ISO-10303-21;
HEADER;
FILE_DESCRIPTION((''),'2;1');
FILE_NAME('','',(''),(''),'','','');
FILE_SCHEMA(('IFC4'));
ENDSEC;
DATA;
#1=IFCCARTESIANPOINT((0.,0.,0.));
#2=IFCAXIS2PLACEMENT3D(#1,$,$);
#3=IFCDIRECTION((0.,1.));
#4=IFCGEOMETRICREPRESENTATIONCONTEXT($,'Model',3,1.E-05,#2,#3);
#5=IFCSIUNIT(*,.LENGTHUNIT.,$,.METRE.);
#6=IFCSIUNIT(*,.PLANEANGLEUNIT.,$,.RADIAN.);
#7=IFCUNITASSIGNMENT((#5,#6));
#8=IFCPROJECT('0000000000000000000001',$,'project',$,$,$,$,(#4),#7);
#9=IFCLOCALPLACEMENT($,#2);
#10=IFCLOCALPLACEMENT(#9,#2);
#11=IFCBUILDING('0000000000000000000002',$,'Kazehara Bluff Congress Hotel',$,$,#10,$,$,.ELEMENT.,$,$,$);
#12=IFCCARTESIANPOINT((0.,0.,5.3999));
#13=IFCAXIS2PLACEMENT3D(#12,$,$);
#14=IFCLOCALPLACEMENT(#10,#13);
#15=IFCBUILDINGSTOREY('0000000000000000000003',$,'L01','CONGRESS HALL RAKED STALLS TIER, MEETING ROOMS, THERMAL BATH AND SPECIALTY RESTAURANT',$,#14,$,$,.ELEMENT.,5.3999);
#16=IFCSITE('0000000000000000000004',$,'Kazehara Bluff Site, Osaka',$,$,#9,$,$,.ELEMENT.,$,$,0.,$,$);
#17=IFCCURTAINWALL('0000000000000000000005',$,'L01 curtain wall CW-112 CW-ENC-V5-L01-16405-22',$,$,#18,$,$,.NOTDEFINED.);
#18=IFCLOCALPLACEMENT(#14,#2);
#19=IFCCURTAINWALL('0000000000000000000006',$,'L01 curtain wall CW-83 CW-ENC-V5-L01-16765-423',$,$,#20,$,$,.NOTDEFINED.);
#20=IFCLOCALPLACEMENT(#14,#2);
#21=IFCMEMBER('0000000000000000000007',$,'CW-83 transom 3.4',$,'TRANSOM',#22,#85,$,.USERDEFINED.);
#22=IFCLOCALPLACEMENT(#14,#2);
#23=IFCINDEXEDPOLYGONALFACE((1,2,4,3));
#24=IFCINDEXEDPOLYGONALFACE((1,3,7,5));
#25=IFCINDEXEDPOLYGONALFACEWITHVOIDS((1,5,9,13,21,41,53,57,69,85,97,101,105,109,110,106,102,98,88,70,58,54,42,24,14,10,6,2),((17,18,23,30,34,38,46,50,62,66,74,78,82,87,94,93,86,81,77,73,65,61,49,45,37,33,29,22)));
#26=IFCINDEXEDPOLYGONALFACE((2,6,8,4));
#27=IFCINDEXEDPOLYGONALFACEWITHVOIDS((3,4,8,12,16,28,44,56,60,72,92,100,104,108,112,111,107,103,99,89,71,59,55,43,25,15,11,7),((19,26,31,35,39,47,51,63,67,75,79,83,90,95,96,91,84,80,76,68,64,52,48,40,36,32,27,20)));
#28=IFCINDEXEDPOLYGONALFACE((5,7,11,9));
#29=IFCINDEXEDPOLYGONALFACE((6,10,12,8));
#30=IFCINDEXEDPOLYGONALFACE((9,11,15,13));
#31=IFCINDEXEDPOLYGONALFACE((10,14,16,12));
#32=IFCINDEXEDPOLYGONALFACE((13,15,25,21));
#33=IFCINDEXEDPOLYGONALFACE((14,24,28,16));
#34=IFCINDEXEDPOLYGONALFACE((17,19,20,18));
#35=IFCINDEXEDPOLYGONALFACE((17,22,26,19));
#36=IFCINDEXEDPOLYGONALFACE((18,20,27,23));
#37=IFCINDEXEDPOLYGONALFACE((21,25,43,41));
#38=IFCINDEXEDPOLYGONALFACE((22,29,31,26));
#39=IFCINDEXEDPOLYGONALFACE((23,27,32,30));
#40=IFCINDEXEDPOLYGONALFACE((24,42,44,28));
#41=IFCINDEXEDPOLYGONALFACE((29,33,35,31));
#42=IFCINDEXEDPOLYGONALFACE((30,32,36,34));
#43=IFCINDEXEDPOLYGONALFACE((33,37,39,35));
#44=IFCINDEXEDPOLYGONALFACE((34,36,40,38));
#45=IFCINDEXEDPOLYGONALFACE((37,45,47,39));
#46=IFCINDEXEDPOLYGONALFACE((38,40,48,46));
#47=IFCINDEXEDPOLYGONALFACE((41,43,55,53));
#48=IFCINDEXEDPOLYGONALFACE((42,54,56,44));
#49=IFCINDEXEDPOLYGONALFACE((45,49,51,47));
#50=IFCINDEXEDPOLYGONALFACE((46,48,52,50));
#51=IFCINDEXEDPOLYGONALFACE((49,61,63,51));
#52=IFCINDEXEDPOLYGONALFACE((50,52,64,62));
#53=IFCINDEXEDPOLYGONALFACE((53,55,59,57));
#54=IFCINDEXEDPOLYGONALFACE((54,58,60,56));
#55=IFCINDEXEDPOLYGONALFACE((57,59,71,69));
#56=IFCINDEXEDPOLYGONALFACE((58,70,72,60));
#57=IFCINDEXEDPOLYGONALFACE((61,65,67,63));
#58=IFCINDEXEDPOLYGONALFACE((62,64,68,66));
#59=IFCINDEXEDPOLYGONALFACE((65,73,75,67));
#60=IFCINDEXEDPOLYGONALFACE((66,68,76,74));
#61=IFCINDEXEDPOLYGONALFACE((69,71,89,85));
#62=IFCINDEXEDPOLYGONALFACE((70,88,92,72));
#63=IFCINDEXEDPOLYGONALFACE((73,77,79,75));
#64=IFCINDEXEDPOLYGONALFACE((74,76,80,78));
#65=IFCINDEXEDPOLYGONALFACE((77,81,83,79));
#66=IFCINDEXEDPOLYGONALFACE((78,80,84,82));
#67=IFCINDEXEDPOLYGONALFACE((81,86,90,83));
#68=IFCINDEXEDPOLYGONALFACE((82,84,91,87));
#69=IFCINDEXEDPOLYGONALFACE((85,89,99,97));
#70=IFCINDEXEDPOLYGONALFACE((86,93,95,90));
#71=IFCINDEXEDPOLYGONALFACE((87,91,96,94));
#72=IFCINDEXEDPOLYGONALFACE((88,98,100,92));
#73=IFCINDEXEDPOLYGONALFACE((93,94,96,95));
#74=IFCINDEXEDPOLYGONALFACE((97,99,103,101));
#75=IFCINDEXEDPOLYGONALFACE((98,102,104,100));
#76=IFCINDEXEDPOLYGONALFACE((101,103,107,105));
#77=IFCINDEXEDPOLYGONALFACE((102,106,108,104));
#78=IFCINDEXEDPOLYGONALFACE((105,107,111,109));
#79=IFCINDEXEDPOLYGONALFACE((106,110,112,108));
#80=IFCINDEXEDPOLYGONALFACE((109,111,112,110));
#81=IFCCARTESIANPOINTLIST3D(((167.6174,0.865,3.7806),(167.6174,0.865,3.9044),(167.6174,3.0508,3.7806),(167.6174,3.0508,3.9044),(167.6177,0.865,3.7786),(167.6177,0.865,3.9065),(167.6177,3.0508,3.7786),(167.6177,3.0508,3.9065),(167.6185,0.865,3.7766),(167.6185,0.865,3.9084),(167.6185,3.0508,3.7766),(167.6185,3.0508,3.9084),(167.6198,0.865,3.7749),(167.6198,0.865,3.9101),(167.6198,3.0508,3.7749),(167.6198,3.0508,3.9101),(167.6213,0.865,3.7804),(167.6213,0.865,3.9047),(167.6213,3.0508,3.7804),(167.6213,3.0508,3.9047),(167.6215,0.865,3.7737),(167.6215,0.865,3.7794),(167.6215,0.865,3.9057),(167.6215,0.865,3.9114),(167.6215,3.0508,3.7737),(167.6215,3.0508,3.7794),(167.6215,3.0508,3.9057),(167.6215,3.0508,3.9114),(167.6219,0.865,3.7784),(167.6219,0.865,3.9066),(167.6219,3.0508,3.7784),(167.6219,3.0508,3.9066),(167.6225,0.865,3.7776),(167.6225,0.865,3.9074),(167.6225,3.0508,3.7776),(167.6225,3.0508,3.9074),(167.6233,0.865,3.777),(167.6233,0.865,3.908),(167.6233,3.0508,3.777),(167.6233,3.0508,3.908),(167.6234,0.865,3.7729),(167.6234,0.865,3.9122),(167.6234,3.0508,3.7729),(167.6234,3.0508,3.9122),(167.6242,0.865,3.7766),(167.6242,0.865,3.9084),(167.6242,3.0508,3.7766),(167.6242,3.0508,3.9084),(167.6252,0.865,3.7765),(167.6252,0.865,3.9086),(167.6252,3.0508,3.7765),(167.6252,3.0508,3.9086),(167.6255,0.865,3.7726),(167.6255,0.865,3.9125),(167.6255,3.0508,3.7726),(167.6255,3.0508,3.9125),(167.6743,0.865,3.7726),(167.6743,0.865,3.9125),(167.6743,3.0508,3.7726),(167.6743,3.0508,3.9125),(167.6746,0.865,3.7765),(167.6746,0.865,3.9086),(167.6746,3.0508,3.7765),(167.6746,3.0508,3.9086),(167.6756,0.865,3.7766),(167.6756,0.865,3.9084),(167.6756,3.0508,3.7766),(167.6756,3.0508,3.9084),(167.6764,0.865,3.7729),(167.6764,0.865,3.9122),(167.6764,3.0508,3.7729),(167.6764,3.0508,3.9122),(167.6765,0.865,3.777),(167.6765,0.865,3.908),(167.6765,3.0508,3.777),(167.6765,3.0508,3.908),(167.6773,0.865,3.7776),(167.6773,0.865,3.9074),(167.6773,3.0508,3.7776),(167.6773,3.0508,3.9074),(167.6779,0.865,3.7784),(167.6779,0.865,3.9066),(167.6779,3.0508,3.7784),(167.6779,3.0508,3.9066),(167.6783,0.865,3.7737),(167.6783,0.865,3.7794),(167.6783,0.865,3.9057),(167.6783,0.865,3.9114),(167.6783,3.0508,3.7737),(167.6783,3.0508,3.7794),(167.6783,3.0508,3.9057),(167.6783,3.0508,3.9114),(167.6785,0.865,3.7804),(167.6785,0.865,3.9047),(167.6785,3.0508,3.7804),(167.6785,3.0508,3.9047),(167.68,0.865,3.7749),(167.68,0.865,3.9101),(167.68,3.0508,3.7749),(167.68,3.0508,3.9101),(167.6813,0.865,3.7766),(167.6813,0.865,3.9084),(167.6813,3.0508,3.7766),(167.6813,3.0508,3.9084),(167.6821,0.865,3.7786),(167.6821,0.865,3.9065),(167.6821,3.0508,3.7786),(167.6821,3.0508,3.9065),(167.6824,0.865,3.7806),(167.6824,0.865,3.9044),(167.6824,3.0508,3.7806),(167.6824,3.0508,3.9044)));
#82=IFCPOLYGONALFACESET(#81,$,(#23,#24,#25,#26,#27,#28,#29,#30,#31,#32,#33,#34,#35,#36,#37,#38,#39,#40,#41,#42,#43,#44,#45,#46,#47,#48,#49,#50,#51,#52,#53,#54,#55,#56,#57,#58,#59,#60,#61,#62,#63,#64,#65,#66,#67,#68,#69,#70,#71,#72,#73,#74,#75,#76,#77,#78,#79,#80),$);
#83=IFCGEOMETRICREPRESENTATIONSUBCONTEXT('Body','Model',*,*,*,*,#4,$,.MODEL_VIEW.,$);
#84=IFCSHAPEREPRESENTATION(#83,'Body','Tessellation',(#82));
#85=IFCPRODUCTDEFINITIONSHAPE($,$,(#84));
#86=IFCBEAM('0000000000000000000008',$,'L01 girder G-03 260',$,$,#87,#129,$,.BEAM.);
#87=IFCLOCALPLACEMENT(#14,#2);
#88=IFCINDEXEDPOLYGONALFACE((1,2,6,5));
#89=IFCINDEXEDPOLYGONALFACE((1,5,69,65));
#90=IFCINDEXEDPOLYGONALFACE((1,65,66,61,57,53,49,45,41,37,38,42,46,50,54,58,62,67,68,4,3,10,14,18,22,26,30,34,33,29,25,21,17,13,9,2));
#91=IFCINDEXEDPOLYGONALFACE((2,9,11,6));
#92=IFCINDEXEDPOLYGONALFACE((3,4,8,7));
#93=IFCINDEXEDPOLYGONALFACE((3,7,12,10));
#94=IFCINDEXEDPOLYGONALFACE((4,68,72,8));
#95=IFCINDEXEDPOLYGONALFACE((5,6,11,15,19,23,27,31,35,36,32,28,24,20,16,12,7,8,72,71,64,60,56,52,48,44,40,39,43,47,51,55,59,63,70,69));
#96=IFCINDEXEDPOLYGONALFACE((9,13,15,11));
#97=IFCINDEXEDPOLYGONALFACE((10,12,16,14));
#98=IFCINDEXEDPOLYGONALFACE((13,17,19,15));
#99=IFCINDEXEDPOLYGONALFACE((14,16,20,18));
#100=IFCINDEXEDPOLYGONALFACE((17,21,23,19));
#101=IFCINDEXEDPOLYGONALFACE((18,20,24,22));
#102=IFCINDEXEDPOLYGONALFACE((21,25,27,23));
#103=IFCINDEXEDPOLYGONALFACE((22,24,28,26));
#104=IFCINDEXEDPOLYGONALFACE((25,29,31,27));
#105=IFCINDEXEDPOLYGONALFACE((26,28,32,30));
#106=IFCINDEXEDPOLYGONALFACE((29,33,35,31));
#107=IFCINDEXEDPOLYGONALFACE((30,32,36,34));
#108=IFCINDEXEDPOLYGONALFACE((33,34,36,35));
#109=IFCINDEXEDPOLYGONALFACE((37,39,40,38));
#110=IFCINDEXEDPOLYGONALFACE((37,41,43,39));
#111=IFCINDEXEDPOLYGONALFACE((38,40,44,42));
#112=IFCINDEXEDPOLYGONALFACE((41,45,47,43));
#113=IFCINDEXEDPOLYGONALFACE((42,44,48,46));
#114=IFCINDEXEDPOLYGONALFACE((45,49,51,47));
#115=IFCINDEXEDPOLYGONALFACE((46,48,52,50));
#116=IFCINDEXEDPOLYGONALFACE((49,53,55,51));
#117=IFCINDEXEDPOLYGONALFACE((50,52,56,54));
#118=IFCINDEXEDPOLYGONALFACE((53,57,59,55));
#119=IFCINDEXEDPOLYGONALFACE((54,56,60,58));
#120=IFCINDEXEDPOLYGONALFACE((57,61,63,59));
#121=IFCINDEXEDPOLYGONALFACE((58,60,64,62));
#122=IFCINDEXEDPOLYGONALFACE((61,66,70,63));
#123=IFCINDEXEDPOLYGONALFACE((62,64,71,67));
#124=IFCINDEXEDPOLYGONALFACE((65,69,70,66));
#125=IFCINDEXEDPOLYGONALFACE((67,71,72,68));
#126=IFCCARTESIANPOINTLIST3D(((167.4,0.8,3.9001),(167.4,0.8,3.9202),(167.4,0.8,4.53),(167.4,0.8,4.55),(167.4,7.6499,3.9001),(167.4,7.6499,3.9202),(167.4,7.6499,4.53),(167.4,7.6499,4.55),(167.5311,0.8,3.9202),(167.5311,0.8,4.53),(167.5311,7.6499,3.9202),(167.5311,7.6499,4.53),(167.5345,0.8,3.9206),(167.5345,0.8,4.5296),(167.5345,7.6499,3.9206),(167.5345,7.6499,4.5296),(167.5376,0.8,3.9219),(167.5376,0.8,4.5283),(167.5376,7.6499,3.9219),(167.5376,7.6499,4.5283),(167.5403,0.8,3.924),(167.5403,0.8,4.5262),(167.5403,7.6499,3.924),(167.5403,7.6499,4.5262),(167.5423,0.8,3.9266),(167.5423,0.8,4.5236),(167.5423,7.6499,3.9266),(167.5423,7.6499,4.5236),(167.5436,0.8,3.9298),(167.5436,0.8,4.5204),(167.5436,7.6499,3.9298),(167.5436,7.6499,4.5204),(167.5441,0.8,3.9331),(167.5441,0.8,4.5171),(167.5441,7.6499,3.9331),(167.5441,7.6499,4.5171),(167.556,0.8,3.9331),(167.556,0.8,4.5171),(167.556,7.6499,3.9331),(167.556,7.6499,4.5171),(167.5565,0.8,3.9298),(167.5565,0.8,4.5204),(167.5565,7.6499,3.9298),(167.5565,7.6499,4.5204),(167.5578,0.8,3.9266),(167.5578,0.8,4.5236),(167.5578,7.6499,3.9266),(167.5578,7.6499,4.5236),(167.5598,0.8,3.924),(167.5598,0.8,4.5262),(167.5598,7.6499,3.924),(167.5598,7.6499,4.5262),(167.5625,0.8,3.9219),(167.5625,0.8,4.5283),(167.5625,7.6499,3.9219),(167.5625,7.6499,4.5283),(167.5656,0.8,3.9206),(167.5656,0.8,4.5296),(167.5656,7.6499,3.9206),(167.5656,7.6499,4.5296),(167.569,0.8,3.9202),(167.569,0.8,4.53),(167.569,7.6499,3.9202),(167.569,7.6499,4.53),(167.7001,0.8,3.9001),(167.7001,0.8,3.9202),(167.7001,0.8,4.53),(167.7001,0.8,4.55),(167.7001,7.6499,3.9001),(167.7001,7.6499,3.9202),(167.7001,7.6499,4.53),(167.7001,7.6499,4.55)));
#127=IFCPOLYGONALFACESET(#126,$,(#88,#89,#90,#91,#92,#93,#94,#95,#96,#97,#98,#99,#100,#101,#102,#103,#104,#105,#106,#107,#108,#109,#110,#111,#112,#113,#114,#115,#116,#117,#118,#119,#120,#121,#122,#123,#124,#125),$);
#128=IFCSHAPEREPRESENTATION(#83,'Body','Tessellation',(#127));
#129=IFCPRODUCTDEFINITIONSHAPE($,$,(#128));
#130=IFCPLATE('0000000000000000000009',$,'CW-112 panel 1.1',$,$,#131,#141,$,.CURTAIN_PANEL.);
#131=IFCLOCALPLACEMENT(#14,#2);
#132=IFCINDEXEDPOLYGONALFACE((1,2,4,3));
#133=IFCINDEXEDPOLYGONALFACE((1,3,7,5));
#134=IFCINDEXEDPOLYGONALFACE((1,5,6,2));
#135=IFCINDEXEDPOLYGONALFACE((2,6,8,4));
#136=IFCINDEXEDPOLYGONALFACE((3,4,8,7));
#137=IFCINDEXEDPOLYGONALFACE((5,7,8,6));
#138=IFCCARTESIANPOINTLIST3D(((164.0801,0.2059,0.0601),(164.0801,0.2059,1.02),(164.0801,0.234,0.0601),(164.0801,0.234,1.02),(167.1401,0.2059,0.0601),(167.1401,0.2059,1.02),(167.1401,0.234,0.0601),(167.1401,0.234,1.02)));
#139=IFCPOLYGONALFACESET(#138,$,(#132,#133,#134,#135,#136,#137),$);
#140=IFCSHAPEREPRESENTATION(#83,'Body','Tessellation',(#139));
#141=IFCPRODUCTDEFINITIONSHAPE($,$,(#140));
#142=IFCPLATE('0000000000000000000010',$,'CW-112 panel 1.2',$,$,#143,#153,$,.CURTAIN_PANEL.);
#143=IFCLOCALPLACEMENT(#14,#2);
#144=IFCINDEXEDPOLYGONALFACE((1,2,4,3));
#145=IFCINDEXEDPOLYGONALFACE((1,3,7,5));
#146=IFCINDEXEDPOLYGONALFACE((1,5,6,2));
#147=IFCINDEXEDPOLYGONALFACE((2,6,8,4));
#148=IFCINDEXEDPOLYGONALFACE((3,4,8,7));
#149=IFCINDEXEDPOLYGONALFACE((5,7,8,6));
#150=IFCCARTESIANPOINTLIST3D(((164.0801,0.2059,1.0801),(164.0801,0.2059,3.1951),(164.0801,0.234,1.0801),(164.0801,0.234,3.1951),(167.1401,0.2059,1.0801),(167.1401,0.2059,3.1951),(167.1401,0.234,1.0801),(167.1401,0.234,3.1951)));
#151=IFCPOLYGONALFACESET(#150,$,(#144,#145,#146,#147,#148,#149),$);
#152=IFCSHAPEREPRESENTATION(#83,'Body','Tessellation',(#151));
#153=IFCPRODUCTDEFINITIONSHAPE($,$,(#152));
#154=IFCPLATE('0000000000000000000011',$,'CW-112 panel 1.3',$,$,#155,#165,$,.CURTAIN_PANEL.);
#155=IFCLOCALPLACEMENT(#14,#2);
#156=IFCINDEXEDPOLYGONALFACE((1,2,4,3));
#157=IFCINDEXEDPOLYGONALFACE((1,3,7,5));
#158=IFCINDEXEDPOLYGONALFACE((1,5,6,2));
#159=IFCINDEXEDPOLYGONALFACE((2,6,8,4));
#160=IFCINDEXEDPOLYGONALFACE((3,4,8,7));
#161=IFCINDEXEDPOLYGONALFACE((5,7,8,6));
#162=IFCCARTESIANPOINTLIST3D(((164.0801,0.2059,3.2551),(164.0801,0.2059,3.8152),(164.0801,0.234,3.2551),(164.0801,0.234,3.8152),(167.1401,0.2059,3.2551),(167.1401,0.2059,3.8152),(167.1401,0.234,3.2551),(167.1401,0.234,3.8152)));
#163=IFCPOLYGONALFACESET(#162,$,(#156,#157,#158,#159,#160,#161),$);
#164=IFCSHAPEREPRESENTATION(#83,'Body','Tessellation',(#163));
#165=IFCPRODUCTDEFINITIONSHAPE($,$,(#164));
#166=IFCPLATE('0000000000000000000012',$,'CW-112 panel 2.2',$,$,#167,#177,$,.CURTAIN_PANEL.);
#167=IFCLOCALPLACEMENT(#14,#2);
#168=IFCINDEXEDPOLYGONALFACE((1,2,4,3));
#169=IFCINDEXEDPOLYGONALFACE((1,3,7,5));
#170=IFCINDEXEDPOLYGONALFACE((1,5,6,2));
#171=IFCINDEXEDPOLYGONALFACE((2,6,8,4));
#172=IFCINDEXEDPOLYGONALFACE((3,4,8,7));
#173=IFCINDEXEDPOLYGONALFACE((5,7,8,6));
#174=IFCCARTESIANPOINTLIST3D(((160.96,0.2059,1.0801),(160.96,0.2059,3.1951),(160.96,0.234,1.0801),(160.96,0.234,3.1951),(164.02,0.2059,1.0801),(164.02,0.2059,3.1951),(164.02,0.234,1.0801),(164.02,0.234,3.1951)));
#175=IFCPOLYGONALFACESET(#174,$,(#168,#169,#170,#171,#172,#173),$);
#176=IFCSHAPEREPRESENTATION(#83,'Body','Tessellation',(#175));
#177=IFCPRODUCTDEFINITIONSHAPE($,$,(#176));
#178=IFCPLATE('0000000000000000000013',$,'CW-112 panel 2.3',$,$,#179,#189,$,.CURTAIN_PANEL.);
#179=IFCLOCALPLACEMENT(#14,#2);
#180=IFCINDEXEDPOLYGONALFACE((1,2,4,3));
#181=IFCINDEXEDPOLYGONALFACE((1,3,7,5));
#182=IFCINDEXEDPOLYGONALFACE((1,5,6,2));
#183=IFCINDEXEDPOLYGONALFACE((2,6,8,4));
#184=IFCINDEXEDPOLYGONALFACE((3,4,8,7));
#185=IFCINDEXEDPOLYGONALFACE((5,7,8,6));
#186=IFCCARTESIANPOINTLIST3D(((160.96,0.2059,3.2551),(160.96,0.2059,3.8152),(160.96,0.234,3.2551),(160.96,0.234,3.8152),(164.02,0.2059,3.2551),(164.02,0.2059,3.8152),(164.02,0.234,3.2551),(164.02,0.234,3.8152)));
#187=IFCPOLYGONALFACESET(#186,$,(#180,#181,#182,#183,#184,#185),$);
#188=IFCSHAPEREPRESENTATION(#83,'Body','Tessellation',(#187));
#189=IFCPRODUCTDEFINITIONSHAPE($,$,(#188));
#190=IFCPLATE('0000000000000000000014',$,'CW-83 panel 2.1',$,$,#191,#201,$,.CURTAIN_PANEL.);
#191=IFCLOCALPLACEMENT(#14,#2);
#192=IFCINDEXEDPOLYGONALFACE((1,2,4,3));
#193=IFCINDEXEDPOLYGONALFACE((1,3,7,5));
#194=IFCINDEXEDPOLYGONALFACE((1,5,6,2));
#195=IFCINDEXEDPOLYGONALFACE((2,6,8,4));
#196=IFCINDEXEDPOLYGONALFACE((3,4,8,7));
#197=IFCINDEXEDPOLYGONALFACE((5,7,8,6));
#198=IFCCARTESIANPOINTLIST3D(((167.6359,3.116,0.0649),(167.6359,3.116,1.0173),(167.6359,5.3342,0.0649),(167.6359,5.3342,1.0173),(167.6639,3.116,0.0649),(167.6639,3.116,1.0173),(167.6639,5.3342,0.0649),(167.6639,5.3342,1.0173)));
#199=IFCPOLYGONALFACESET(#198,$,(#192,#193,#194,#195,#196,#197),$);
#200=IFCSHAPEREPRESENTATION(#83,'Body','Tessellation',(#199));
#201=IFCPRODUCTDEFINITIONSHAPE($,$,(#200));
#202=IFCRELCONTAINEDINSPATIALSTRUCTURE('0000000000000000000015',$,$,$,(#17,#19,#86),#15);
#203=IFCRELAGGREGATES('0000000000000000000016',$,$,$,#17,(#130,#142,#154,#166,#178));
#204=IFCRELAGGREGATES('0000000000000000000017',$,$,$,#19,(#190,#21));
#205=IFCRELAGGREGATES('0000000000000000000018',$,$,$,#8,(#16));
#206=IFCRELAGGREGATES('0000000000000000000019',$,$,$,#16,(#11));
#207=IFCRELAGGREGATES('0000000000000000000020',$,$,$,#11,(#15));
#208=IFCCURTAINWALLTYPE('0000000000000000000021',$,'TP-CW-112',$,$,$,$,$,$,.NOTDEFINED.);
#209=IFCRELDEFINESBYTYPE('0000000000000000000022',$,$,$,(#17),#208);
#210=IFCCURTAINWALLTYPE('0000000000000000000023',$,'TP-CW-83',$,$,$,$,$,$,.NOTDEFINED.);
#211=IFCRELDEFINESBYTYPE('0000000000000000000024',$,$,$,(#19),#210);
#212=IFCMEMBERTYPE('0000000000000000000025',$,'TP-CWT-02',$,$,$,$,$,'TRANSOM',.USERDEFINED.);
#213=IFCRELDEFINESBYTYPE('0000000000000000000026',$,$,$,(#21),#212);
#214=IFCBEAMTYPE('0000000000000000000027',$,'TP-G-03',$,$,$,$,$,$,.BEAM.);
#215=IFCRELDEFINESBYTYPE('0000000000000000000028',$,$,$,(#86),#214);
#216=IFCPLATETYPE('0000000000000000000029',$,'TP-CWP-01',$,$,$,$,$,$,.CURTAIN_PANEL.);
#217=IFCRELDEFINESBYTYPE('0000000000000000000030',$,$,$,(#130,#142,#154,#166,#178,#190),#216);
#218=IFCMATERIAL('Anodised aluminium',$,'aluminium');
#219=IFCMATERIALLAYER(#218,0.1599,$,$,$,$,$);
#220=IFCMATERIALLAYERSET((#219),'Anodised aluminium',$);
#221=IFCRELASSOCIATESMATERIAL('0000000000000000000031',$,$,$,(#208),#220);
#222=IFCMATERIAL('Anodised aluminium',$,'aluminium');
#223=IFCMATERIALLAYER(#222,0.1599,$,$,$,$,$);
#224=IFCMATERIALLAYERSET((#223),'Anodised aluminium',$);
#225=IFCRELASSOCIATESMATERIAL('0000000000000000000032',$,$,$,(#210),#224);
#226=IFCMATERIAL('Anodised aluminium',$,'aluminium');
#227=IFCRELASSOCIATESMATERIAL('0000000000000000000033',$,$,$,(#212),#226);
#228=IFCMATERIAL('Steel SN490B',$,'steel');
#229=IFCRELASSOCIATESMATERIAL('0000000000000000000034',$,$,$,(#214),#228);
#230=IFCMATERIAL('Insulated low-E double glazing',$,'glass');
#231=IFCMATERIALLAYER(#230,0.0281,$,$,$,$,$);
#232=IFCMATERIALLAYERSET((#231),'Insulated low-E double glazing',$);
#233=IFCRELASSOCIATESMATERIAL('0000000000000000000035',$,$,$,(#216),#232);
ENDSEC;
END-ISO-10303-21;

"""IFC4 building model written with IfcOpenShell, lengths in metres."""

from ifc_helpers import new_model, si_unit, direction, frame, origin, origin_2d, place, context, subcontext, project, spatial, rectangle, hollow_rectangle, i_section, extrude, material, layer, layer_set, material_profile, profile_set, type_object, element, aggregate, save


model = new_model("IFC4")

# Units and contexts
model_context = context("Model", 3, precision=1e-05, world=origin(), true_north=direction((0.0, 1.0)))
body_context = subcontext(model_context, "Body", "Model", "MODEL_VIEW")
ifc_project = project(units=[si_unit("LENGTHUNIT", "METRE"), si_unit("PLANEANGLEUNIT", "RADIAN")], contexts=[model_context])

# Site, building, storey
site_placement = place(None, origin())
site = spatial("IfcSite", under=ifc_project, at=site_placement, Name="Kazehara Bluff Site, Osaka", CompositionType="ELEMENT", RefElevation=0.0)
building_placement = place(site_placement, origin())
building = spatial("IfcBuilding", under=site, at=building_placement, Name="Kazehara Bluff Congress Hotel", CompositionType="ELEMENT")
storey_placement = place(building_placement, frame((0.0, 0.0, 5.3999)))
storey = spatial("IfcBuildingStorey", under=building, at=storey_placement, Name="L01", Description="CONGRESS HALL RAKED STALLS TIER, MEETING ROOMS, THERMAL BATH AND SPECIALTY RESTAURANT", CompositionType="ELEMENT", Elevation=5.3999)

# Curtain walls
ifc_material_1 = material(Name="Anodised aluminium", Category="aluminium")
ifc_layer_1 = layer(ifc_material_1, 0.1599)
ifc_layer_set_1 = layer_set([ifc_layer_1], Name="Anodised aluminium")
curtain_wall_type_1 = type_object("IfcCurtainWallType", Name="TP-CW-112", PredefinedType="NOTDEFINED", material=ifc_layer_set_1)
curtain_wall_1_placement = place(storey_placement, origin())
curtain_wall_1 = element("IfcCurtainWall", 1, at=curtain_wall_1_placement, inside=storey, type_object=curtain_wall_type_1, Name="L01 curtain wall CW-112 CW-ENC-V5-L01-16405-22", PredefinedType="NOTDEFINED")
ifc_material_2 = material(Name="Anodised aluminium", Category="aluminium")
ifc_layer_2 = layer(ifc_material_2, 0.1599)
ifc_layer_set_2 = layer_set([ifc_layer_2], Name="Anodised aluminium")
curtain_wall_type_2 = type_object("IfcCurtainWallType", Name="TP-CW-83", PredefinedType="NOTDEFINED", material=ifc_layer_set_2)
curtain_wall_2_placement = place(storey_placement, origin())
curtain_wall_2 = element("IfcCurtainWall", 2, at=curtain_wall_2_placement, inside=storey, type_object=curtain_wall_type_2, Name="L01 curtain wall CW-83 CW-ENC-V5-L01-16765-423", PredefinedType="NOTDEFINED")

# Member
ifc_material_3 = material(Name="Anodised aluminium", Category="aluminium")
ifc_material_profile_1 = material_profile(ifc_material_3, hollow_rectangle(XDim=0.0649, YDim=0.1399, WallThickness=0.0039, InnerFilletRadius=0.0039, OuterFilletRadius=0.0081, at=origin_2d()))
ifc_profile_set_1 = profile_set([ifc_material_profile_1], Name="Anodised aluminium")
member_type_1 = type_object("IfcMemberType", Name="TP-CWT-02", ElementType="TRANSOM", PredefinedType="USERDEFINED", material=ifc_profile_set_1)
member_1_placement = place(storey_placement, frame((167.6499, 3.0508, 3.8425), z_axis=(0.0, -1.0, 0.0), x_axis=(1.0, 0.0, 0.0)))
member_1 = element("IfcMember", 3, at=member_1_placement, type_object=member_type_1, Name="CW-83 transom 3.4", ObjectType="TRANSOM", PredefinedType="USERDEFINED", context=body_context, shape_type="SweptSolid", body=[
    extrude(hollow_rectangle(XDim=0.0649, YDim=0.1399, WallThickness=0.0039, InnerFilletRadius=0.0039, OuterFilletRadius=0.0081, at=origin_2d()), origin(), (0.0, 0.0, 1.0), 2.1858),
])

# Beam
ifc_material_4 = material(Name="Steel SN490B", Category="steel")
ifc_material_profile_2 = material_profile(ifc_material_4, i_section(OverallWidth=0.3, OverallDepth=0.6499, WebThickness=0.012, FlangeThickness=0.02, FilletRadius=0.0129, at=origin_2d()))
ifc_profile_set_2 = profile_set([ifc_material_profile_2], Name="Steel SN490B")
beam_type = type_object("IfcBeamType", Name="TP-G-03", PredefinedType="BEAM", material=ifc_profile_set_2)
beam_placement = place(storey_placement, frame((167.55, 0.8, 4.2251), z_axis=(0.0, 1.0, 0.0), x_axis=(-1.0, 0.0, 0.0)))
element("IfcBeam", 4, at=beam_placement, inside=storey, type_object=beam_type, Name="L01 girder G-03 260", PredefinedType="BEAM", context=body_context, shape_type="SweptSolid", body=[
    extrude(i_section(OverallWidth=0.3, OverallDepth=0.6499, WebThickness=0.012, FlangeThickness=0.02, FilletRadius=0.0129, at=origin_2d()), origin(), (0.0, 0.0, 1.0), 6.8499),
])

# Plates
ifc_material_5 = material(Name="Insulated low-E double glazing", Category="glass")
ifc_layer_3 = layer(ifc_material_5, 0.0281)
ifc_layer_set_3 = layer_set([ifc_layer_3], Name="Insulated low-E double glazing")
plate_type = type_object("IfcPlateType", Name="TP-CWP-01", PredefinedType="CURTAIN_PANEL", material=ifc_layer_set_3)
plate_1_placement = place(storey_placement, frame((165.6101, 0.22, 0.0601), z_axis=(0.0, 0.0, 1.0), x_axis=(-1.0, 0.0, 0.0)))
plate_1 = element("IfcPlate", 5, at=plate_1_placement, type_object=plate_type, Name="CW-112 panel 1.1", PredefinedType="CURTAIN_PANEL", context=body_context, shape_type="SweptSolid", body=[
    extrude(rectangle(XDim=3.0601, YDim=0.0281, at=origin_2d()), origin(), (0.0, 0.0, 1.0), 0.96),
])
plate_2_placement = place(storey_placement, frame((165.6101, 0.22, 1.0801), z_axis=(0.0, 0.0, 1.0), x_axis=(-1.0, 0.0, 0.0)))
plate_2 = element("IfcPlate", 6, at=plate_2_placement, type_object=plate_type, Name="CW-112 panel 1.2", PredefinedType="CURTAIN_PANEL", context=body_context, shape_type="SweptSolid", body=[
    extrude(rectangle(XDim=3.0601, YDim=0.0281, at=origin_2d()), origin(), (0.0, 0.0, 1.0), 2.115),
])
plate_3_placement = place(storey_placement, frame((165.6101, 0.22, 3.2551), z_axis=(0.0, 0.0, 1.0), x_axis=(-1.0, 0.0, 0.0)))
plate_3 = element("IfcPlate", 7, at=plate_3_placement, type_object=plate_type, Name="CW-112 panel 1.3", PredefinedType="CURTAIN_PANEL", context=body_context, shape_type="SweptSolid", body=[
    extrude(rectangle(XDim=3.0601, YDim=0.0281, at=origin_2d()), origin(), (0.0, 0.0, 1.0), 0.5601),
])
plate_4_placement = place(storey_placement, frame((162.49, 0.22, 1.0801), z_axis=(0.0, 0.0, 1.0), x_axis=(-1.0, 0.0, 0.0)))
plate_4 = element("IfcPlate", 8, at=plate_4_placement, type_object=plate_type, Name="CW-112 panel 2.2", PredefinedType="CURTAIN_PANEL", context=body_context, shape_type="SweptSolid", body=[
    extrude(rectangle(XDim=3.0601, YDim=0.0281, at=origin_2d()), origin(), (0.0, 0.0, 1.0), 2.115),
])
plate_5_placement = place(storey_placement, frame((162.49, 0.22, 3.2551), z_axis=(0.0, 0.0, 1.0), x_axis=(-1.0, 0.0, 0.0)))
plate_5 = element("IfcPlate", 9, at=plate_5_placement, type_object=plate_type, Name="CW-112 panel 2.3", PredefinedType="CURTAIN_PANEL", context=body_context, shape_type="SweptSolid", body=[
    extrude(rectangle(XDim=3.0601, YDim=0.0281, at=origin_2d()), origin(), (0.0, 0.0, 1.0), 0.5601),
])
aggregate(curtain_wall_1, [plate_1, plate_2, plate_3, plate_4, plate_5])
plate_6_placement = place(storey_placement, frame((167.6499, 4.2251, 0.0649), z_axis=(0.0, 0.0, 1.0), x_axis=(0.0, -1.0, 0.0)))
plate_6 = element("IfcPlate", 10, at=plate_6_placement, type_object=plate_type, Name="CW-83 panel 2.1", PredefinedType="CURTAIN_PANEL", context=body_context, shape_type="SweptSolid", body=[
    extrude(rectangle(XDim=2.2183, YDim=0.0281, at=origin_2d()), origin(), (0.0, 0.0, 1.0), 0.9524),
])
aggregate(curtain_wall_2, [plate_6, member_1])

save(model, "model.ifc")
